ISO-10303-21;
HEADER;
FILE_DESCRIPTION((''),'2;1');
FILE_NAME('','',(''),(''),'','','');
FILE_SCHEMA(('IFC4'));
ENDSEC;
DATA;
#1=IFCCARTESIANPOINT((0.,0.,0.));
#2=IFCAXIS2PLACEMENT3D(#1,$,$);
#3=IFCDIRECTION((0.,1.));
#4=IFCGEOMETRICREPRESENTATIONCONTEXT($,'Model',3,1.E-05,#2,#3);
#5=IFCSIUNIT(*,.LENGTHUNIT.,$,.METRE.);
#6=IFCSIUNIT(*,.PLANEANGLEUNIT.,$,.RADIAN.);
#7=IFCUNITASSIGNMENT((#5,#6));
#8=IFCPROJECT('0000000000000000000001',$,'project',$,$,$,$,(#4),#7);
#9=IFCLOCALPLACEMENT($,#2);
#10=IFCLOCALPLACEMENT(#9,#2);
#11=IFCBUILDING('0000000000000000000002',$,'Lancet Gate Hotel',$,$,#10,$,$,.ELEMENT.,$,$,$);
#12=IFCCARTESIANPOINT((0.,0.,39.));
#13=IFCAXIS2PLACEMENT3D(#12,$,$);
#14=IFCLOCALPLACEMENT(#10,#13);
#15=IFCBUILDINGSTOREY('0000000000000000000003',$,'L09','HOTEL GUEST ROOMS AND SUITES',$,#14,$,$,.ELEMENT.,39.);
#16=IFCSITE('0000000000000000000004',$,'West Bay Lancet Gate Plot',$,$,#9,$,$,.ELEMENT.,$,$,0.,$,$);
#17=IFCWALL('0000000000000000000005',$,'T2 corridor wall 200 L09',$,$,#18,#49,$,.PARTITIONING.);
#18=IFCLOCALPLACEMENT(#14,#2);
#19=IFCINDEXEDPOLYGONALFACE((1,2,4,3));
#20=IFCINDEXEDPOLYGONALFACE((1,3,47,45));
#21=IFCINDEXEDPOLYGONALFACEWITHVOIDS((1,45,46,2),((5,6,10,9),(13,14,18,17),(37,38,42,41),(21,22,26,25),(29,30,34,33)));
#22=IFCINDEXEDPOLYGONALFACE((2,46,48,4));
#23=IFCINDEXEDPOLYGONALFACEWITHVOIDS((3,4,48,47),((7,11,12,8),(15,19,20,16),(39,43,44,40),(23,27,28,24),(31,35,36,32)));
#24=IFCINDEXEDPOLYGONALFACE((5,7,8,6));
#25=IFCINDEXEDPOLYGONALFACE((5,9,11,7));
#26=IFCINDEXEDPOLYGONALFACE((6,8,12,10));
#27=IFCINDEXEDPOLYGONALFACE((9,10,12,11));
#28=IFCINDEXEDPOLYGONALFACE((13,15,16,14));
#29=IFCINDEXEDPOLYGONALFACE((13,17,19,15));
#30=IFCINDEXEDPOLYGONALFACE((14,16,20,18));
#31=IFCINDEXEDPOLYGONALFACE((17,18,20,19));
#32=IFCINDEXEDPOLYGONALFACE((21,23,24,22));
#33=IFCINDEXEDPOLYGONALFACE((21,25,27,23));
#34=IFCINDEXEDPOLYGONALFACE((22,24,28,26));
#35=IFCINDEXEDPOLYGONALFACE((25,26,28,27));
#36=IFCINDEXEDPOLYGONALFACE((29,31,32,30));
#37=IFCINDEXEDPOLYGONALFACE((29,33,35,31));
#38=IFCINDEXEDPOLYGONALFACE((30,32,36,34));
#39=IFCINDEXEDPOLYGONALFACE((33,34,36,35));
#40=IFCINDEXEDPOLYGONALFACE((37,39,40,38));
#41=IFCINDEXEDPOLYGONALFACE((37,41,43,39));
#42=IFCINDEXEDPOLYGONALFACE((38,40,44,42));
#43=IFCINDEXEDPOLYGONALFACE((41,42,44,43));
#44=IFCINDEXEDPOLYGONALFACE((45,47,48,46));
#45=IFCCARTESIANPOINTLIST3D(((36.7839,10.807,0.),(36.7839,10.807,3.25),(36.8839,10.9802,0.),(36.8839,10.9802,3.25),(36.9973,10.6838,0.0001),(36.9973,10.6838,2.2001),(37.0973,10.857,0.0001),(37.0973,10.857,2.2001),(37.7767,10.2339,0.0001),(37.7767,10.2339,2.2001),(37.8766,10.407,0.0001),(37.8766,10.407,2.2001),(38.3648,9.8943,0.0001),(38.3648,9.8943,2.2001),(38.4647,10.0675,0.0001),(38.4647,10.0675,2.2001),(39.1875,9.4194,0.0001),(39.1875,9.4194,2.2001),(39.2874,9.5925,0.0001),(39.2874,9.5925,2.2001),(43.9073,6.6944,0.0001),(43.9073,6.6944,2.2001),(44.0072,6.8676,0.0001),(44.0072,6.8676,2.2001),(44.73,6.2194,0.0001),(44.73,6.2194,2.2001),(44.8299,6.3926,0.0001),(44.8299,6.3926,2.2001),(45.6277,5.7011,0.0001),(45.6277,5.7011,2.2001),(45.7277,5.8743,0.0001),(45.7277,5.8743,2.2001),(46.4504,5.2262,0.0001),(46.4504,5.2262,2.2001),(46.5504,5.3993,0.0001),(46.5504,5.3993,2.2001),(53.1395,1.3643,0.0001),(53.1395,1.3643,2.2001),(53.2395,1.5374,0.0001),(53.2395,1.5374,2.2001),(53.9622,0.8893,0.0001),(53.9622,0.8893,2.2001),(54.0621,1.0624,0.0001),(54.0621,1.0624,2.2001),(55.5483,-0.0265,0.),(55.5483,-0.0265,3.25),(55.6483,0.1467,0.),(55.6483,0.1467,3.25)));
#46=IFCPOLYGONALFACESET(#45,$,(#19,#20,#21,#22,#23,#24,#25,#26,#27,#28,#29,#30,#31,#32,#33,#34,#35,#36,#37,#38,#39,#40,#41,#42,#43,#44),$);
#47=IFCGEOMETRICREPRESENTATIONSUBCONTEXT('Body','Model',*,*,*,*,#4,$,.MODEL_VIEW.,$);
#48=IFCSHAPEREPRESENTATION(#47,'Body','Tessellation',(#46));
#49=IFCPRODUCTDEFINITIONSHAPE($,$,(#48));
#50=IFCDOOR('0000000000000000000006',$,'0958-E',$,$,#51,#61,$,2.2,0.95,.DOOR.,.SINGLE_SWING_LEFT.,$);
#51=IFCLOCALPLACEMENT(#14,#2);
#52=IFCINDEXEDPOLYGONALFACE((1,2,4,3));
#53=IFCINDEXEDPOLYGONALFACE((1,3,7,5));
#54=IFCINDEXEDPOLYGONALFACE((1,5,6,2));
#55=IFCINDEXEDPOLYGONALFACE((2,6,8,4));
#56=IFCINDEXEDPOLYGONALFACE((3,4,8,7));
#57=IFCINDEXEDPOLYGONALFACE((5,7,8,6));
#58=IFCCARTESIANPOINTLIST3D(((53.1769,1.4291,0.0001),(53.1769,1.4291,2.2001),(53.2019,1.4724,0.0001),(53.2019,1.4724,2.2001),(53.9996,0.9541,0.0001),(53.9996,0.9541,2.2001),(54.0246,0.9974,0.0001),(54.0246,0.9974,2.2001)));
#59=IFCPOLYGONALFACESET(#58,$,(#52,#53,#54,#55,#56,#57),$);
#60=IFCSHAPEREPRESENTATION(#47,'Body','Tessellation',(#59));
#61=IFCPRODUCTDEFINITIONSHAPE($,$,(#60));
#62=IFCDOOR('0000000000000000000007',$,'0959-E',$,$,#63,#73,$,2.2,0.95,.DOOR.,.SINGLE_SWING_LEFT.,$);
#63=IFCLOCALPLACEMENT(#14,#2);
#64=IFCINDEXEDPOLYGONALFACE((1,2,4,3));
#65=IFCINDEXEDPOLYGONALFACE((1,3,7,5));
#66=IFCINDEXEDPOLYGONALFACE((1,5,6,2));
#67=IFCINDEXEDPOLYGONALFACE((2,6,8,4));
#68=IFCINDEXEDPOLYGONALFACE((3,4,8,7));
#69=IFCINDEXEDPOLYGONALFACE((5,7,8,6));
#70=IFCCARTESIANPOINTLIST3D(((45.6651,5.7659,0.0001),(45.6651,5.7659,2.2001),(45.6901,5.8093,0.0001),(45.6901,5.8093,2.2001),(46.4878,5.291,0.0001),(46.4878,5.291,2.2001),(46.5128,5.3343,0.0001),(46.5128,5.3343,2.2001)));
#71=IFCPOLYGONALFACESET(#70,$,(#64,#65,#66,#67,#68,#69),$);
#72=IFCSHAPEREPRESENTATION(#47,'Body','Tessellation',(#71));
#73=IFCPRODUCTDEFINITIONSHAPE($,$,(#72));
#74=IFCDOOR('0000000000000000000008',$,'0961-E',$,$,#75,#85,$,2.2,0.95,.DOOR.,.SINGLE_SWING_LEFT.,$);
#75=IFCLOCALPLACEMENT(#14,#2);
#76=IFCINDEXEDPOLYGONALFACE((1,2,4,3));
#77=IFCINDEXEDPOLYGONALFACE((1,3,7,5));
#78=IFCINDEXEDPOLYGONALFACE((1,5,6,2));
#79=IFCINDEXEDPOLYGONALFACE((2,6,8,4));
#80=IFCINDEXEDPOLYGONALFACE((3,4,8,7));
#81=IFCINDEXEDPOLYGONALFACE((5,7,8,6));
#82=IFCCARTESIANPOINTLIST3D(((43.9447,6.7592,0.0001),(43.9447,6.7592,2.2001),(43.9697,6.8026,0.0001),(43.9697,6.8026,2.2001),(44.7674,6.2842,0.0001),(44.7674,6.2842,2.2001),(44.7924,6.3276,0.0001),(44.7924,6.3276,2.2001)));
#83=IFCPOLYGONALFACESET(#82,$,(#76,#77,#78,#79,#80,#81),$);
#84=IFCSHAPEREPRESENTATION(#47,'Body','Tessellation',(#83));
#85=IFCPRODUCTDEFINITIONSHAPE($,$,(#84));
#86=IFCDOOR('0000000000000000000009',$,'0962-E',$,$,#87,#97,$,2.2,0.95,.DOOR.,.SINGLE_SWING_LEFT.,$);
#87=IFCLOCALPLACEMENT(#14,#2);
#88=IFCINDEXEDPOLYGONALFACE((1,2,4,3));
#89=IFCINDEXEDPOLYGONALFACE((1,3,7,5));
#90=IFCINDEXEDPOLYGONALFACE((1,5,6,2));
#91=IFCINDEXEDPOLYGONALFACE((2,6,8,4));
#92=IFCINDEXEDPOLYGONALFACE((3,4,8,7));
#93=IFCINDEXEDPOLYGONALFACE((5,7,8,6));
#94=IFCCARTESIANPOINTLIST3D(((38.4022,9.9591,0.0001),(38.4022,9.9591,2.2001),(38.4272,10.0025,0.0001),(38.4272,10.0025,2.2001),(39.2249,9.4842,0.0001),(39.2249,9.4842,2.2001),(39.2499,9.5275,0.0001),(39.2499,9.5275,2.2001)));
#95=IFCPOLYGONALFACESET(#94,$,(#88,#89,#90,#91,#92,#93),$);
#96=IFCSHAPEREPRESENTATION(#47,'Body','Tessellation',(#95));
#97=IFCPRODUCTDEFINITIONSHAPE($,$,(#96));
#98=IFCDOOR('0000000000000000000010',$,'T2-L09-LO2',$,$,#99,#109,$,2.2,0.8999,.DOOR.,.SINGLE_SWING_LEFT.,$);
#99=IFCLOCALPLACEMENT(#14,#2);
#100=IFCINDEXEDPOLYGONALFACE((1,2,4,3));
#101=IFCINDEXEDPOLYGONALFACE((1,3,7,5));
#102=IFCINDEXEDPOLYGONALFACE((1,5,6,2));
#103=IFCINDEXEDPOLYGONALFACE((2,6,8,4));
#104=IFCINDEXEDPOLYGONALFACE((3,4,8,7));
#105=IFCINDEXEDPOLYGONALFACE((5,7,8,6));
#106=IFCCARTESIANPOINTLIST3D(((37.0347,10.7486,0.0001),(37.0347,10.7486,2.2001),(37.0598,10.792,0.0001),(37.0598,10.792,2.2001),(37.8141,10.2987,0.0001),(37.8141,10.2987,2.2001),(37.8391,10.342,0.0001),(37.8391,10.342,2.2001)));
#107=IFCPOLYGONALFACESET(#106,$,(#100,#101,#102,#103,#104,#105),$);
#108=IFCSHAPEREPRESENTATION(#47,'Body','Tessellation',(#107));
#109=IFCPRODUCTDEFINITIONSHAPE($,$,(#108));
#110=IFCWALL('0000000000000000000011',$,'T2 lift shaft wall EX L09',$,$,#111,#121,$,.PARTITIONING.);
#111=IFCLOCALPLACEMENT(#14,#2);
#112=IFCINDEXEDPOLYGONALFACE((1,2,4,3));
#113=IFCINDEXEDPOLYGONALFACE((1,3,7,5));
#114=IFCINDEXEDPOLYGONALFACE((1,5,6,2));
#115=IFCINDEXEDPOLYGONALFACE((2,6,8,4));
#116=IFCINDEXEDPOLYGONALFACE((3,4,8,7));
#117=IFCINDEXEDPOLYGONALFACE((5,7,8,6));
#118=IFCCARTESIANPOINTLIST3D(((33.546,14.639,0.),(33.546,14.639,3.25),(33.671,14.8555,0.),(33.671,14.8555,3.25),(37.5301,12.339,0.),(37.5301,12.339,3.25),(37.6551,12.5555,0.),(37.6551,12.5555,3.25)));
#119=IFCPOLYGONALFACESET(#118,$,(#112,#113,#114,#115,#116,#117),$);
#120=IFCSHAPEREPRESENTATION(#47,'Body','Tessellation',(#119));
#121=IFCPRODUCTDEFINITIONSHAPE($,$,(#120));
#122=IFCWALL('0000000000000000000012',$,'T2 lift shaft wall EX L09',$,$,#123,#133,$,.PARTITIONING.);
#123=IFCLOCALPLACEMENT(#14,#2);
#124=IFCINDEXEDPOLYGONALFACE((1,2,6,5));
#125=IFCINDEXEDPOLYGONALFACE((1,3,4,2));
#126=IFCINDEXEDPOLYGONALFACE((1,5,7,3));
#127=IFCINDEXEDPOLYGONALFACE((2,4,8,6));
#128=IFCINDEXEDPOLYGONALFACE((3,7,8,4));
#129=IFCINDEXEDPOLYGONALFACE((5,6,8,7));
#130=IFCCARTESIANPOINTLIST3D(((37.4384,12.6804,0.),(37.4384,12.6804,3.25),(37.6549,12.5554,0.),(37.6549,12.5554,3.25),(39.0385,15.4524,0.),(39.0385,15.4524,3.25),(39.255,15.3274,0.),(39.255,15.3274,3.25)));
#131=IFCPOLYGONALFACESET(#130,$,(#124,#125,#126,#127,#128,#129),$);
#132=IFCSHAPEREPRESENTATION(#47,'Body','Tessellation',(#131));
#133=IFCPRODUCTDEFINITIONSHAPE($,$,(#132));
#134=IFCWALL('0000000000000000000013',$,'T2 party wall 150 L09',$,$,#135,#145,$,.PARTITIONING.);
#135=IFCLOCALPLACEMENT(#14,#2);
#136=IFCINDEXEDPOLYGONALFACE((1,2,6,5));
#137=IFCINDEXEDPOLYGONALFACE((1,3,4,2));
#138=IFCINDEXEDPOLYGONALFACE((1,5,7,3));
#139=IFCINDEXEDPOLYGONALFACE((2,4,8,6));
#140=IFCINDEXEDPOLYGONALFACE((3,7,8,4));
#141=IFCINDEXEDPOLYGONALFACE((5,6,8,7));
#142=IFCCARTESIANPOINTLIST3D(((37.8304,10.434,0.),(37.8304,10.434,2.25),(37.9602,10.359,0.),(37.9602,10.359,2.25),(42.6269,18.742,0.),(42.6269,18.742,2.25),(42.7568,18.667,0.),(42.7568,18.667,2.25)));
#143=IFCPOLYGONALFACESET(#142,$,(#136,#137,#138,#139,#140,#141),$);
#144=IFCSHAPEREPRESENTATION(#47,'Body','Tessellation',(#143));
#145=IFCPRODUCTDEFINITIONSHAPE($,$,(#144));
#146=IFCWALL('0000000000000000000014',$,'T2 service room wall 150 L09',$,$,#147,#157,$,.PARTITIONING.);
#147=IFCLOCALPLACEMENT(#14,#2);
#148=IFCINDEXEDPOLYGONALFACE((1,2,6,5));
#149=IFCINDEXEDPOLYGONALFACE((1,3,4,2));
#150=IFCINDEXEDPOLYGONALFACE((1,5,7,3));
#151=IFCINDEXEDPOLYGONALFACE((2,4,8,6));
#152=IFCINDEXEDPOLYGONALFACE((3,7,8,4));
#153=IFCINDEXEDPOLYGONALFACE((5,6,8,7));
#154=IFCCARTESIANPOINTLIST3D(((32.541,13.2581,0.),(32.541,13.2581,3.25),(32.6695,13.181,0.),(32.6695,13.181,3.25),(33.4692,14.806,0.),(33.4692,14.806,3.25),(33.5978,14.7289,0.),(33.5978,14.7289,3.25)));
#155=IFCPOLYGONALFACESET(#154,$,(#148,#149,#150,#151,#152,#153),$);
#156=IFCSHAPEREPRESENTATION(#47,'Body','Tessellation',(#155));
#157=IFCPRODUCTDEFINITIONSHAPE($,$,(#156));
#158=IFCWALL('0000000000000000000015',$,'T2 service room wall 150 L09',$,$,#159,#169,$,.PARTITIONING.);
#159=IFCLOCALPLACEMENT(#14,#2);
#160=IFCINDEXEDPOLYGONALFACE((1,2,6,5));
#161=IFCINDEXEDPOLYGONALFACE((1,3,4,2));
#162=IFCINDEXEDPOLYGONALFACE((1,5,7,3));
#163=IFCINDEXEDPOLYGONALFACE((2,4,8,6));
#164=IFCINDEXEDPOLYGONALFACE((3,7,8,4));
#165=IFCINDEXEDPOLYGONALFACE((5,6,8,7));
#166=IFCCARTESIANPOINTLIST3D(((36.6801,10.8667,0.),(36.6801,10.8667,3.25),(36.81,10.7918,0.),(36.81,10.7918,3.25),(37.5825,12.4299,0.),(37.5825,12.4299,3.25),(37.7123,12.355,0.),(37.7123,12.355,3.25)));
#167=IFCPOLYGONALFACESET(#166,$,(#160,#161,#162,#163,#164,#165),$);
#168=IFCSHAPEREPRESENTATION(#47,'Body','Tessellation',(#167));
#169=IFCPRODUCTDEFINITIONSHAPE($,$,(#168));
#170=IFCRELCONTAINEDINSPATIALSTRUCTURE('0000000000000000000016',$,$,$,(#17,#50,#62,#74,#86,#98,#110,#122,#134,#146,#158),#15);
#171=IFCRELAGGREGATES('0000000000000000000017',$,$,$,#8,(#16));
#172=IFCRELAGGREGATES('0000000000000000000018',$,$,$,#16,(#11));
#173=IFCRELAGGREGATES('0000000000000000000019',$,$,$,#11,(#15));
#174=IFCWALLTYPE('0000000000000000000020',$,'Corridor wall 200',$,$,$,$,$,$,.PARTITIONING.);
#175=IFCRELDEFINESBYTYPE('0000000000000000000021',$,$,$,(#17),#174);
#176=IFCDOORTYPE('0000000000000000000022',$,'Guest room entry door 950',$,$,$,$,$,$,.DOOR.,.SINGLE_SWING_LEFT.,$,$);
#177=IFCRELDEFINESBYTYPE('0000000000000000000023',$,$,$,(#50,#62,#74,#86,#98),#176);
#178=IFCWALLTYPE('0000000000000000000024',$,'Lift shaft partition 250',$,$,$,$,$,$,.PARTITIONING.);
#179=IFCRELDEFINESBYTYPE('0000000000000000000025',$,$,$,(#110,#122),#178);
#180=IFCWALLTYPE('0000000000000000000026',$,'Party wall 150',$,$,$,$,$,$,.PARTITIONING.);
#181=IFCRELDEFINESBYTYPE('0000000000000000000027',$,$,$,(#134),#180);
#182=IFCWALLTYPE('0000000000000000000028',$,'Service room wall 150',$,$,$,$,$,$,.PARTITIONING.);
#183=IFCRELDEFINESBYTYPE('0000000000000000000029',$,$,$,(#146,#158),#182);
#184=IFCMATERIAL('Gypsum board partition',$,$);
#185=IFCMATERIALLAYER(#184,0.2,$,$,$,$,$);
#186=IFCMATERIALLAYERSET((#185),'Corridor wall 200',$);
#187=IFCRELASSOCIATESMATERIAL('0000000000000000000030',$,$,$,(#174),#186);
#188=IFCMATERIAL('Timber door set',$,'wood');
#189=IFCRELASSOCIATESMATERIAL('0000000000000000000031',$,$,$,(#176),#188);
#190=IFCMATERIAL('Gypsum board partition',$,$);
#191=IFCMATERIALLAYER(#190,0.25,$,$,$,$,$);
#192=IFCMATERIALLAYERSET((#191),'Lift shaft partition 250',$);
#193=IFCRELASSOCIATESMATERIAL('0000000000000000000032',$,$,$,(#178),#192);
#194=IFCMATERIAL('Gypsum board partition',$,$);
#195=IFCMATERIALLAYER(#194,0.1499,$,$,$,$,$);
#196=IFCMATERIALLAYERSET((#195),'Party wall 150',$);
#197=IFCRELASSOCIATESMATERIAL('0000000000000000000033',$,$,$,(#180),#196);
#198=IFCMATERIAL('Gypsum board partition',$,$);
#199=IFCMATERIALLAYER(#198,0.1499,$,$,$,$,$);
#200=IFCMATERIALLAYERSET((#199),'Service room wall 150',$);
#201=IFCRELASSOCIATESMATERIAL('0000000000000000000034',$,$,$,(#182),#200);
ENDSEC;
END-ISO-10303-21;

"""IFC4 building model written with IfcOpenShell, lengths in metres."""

from ifc_helpers import new_model, si_unit, direction, frame, frame_2d, origin, place, context, subcontext, project, spatial, rectangle, extrude, material, layer, layer_set, type_object, element, fill, save


model = new_model("IFC4")

# Units and contexts
model_context = context("Model", 3, precision=1e-05, world=origin(), true_north=direction((0.0, 1.0)))
body_context = subcontext(model_context, "Body", "Model", "MODEL_VIEW")
ifc_project = project(units=[si_unit("LENGTHUNIT", "METRE"), si_unit("PLANEANGLEUNIT", "RADIAN")], contexts=[model_context])

# Site, building, storey
site_placement = place(None, origin())
site = spatial("IfcSite", under=ifc_project, at=site_placement, Name="West Bay Lancet Gate Plot", CompositionType="ELEMENT", RefElevation=0.0)
building_placement = place(site_placement, origin())
building = spatial("IfcBuilding", under=site, at=building_placement, Name="Lancet Gate Hotel", CompositionType="ELEMENT")
storey_placement = place(building_placement, frame((0.0, 0.0, 39.0)))
storey = spatial("IfcBuildingStorey", under=building, at=storey_placement, Name="L09", Description="HOTEL GUEST ROOMS AND SUITES", CompositionType="ELEMENT", Elevation=39.0)

# Wall, openings, doors
ifc_material_1 = material(Name="Gypsum board partition")
ifc_layer_1 = layer(ifc_material_1, 0.2)
ifc_layer_set_1 = layer_set([ifc_layer_1], Name="Corridor wall 200")
wall_type_1 = type_object("IfcWallType", Name="Corridor wall 200", PredefinedType="PARTITIONING", material=ifc_layer_set_1)
wall_1_placement = place(storey_placement, frame((36.834, 10.8936, 0.0), z_axis=(0.0, 0.0, 1.0), x_axis=(0.866028, -0.499995, 0.0)))
wall_1 = element("IfcWall", 1, at=wall_1_placement, inside=storey, type_object=wall_type_1, Name="T2 corridor wall 200 L09", PredefinedType="PARTITIONING", context=body_context, shape_type="SweptSolid", body=[
    extrude(rectangle(XDim=21.6672, YDim=0.2, at=frame_2d((10.8335, 0.0))), origin(), (0.0, 0.0, 1.0), 3.25),
])
opening_1_placement = place(wall_1_placement, frame((18.8855, 0.0, 0.0)))
opening_1 = element("IfcOpeningElement", 2, at=opening_1_placement, cuts=wall_1, PredefinedType="OPENING", context=body_context, shape_type="SweptSolid", body=[
    extrude(rectangle(XDim=0.95, YDim=2.2, at=frame_2d((0.4751, 1.1001))), frame((0.0, 0.1099, 0.0), z_axis=(0.0, -1.0, 0.0), x_axis=(1.0, 0.0, 0.0)), (0.0, 0.0, 1.0), 0.22),
])
opening_2_placement = place(wall_1_placement, frame((10.2117, 0.0, 0.0)))
opening_2 = element("IfcOpeningElement", 3, at=opening_2_placement, cuts=wall_1, PredefinedType="OPENING", context=body_context, shape_type="SweptSolid", body=[
    extrude(rectangle(XDim=0.95, YDim=2.2, at=frame_2d((0.4751, 1.1001))), frame((0.0, 0.1099, 0.0), z_axis=(0.0, -1.0, 0.0), x_axis=(1.0, 0.0, 0.0)), (0.0, 0.0, 1.0), 0.22),
])
opening_3_placement = place(wall_1_placement, frame((8.2251, 0.0, 0.0)))
opening_3 = element("IfcOpeningElement", 4, at=opening_3_placement, cuts=wall_1, PredefinedType="OPENING", context=body_context, shape_type="SweptSolid", body=[
    extrude(rectangle(XDim=0.95, YDim=2.2, at=frame_2d((0.4751, 1.1001))), frame((0.0, 0.1099, 0.0), z_axis=(0.0, -1.0, 0.0), x_axis=(1.0, 0.0, 0.0)), (0.0, 0.0, 1.0), 0.22),
])
opening_4_placement = place(wall_1_placement, frame((1.8252, 0.0, 0.0)))
opening_4 = element("IfcOpeningElement", 5, at=opening_4_placement, cuts=wall_1, PredefinedType="OPENING", context=body_context, shape_type="SweptSolid", body=[
    extrude(rectangle(XDim=0.95, YDim=2.2, at=frame_2d((0.4751, 1.1001))), frame((0.0, 0.1099, 0.0), z_axis=(0.0, -1.0, 0.0), x_axis=(1.0, 0.0, 0.0)), (0.0, 0.0, 1.0), 0.22),
])
opening_5_placement = place(wall_1_placement, frame((0.2463, 0.0, 0.0)))
opening_5 = element("IfcOpeningElement", 6, at=opening_5_placement, cuts=wall_1, PredefinedType="OPENING", context=body_context, shape_type="SweptSolid", body=[
    extrude(rectangle(XDim=0.8999, YDim=2.2, at=frame_2d((0.45, 1.1001))), frame((0.0, 0.1099, 0.0), z_axis=(0.0, -1.0, 0.0), x_axis=(1.0, 0.0, 0.0)), (0.0, 0.0, 1.0), 0.22),
])
ifc_material_2 = material(Name="Timber door set", Category="wood")
door_type_1 = type_object("IfcDoorType", Name="Guest room entry door 950", OperationType="SINGLE_SWING_LEFT", PredefinedType="DOOR", material=ifc_material_2)
door_1_placement = place(opening_1_placement, origin())
door_1 = element("IfcDoor", 7, at=door_1_placement, inside=storey, type_object=door_type_1, Name="0958-E", OperationType="SINGLE_SWING_LEFT", OverallHeight=2.2, OverallWidth=0.95, PredefinedType="DOOR", context=body_context, shape_type="SweptSolid", body=[
    extrude(rectangle(XDim=0.95, YDim=2.2, at=frame_2d((0.4751, 1.1001))), frame((0.0, 0.0249, 0.0), z_axis=(0.0, -1.0, 0.0), x_axis=(1.0, 0.0, 0.0)), (0.0, 0.0, 1.0), 0.05),
])
fill(opening_1, door_1)
door_2_placement = place(opening_2_placement, origin())
door_2 = element("IfcDoor", 8, at=door_2_placement, inside=storey, type_object=door_type_1, Name="0959-E", OperationType="SINGLE_SWING_LEFT", OverallHeight=2.2, OverallWidth=0.95, PredefinedType="DOOR", context=body_context, shape_type="SweptSolid", body=[
    extrude(rectangle(XDim=0.95, YDim=2.2, at=frame_2d((0.4751, 1.1001))), frame((0.0, 0.0249, 0.0), z_axis=(0.0, -1.0, 0.0), x_axis=(1.0, 0.0, 0.0)), (0.0, 0.0, 1.0), 0.05),
])
fill(opening_2, door_2)
door_3_placement = place(opening_3_placement, origin())
door_3 = element("IfcDoor", 9, at=door_3_placement, inside=storey, type_object=door_type_1, Name="0961-E", OperationType="SINGLE_SWING_LEFT", OverallHeight=2.2, OverallWidth=0.95, PredefinedType="DOOR", context=body_context, shape_type="SweptSolid", body=[
    extrude(rectangle(XDim=0.95, YDim=2.2, at=frame_2d((0.4751, 1.1001))), frame((0.0, 0.0249, 0.0), z_axis=(0.0, -1.0, 0.0), x_axis=(1.0, 0.0, 0.0)), (0.0, 0.0, 1.0), 0.05),
])
fill(opening_3, door_3)
door_4_placement = place(opening_4_placement, origin())
door_4 = element("IfcDoor", 10, at=door_4_placement, inside=storey, type_object=door_type_1, Name="0962-E", OperationType="SINGLE_SWING_LEFT", OverallHeight=2.2, OverallWidth=0.95, PredefinedType="DOOR", context=body_context, shape_type="SweptSolid", body=[
    extrude(rectangle(XDim=0.95, YDim=2.2, at=frame_2d((0.4751, 1.1001))), frame((0.0, 0.0249, 0.0), z_axis=(0.0, -1.0, 0.0), x_axis=(1.0, 0.0, 0.0)), (0.0, 0.0, 1.0), 0.05),
])
fill(opening_4, door_4)
door_5_placement = place(opening_5_placement, origin())
door_5 = element("IfcDoor", 11, at=door_5_placement, inside=storey, type_object=door_type_1, Name="T2-L09-LO2", OperationType="SINGLE_SWING_LEFT", OverallHeight=2.2, OverallWidth=0.8999, PredefinedType="DOOR", context=body_context, shape_type="SweptSolid", body=[
    extrude(rectangle(XDim=0.8999, YDim=2.2, at=frame_2d((0.45, 1.1001))), frame((0.0, 0.0249, 0.0), z_axis=(0.0, -1.0, 0.0), x_axis=(1.0, 0.0, 0.0)), (0.0, 0.0, 1.0), 0.05),
])
fill(opening_5, door_5)

# Walls
ifc_material_3 = material(Name="Gypsum board partition")
ifc_layer_2 = layer(ifc_material_3, 0.25)
ifc_layer_set_2 = layer_set([ifc_layer_2], Name="Lift shaft partition 250")
wall_type_2 = type_object("IfcWallType", Name="Lift shaft partition 250", PredefinedType="PARTITIONING", material=ifc_layer_set_2)
wall_2_placement = place(storey_placement, frame((33.6084, 14.7473, 0.0), z_axis=(0.0, 0.0, 1.0), x_axis=(0.866043, -0.499969, 0.0)))
element("IfcWall", 12, at=wall_2_placement, inside=storey, type_object=wall_type_2, Name="T2 lift shaft wall EX L09", PredefinedType="PARTITIONING", context=body_context, shape_type="SweptSolid", body=[
    extrude(rectangle(XDim=4.6003, YDim=0.25, at=frame_2d((2.3003, 0.0))), origin(), (0.0, 0.0, 1.0), 3.25),
])
wall_3_placement = place(storey_placement, frame((37.5466, 12.6179, 0.0), z_axis=(0.0, 0.0, 1.0), x_axis=(0.499929, 0.866066, 0.0)))
element("IfcWall", 13, at=wall_3_placement, inside=storey, type_object=wall_type_2, Name="T2 lift shaft wall EX L09", PredefinedType="PARTITIONING", context=body_context, shape_type="SweptSolid", body=[
    extrude(rectangle(XDim=3.2007, YDim=0.25, at=frame_2d((1.6003, 0.0))), origin(), (0.0, 0.0, 1.0), 3.25),
])
ifc_material_4 = material(Name="Gypsum board partition")
ifc_layer_3 = layer(ifc_material_4, 0.1499)
ifc_layer_set_3 = layer_set([ifc_layer_3], Name="Party wall 150")
wall_type_3 = type_object("IfcWallType", Name="Party wall 150", PredefinedType="PARTITIONING", material=ifc_layer_set_3)
wall_4_placement = place(storey_placement, frame((37.8953, 10.3965, 0.0), z_axis=(0.0, 0.0, 1.0), x_axis=(0.499996, 0.866028, 0.0)))
element("IfcWall", 14, at=wall_4_placement, inside=storey, type_object=wall_type_3, Name="T2 party wall 150 L09", PredefinedType="PARTITIONING", context=body_context, shape_type="SweptSolid", body=[
    extrude(rectangle(XDim=9.5933, YDim=0.1499, at=frame_2d((4.7966, 0.0))), origin(), (0.0, 0.0, 1.0), 2.25),
])
ifc_material_5 = material(Name="Gypsum board partition")
ifc_layer_4 = layer(ifc_material_5, 0.1499)
ifc_layer_set_4 = layer_set([ifc_layer_4], Name="Service room wall 150")
wall_type_4 = type_object("IfcWallType", Name="Service room wall 150", PredefinedType="PARTITIONING", material=ifc_layer_set_4)
for number, where, z_axis, x_axis, name in (
    (15, (33.5334, 14.7673, 0.0), (0.0, 0.0, 1.0), (-0.514297, -0.857612, 0.0), "T2 service room wall 150 L09"),
    (16, (36.7451, 10.8293, 0.0), (0.0, 0.0, 1.0), (0.499922, 0.866071, 0.0), "T2 service room wall 150 L09"),
):
    element("IfcWall", number, at=place(storey_placement, frame(where, z_axis=z_axis, x_axis=x_axis)), inside=storey, type_object=wall_type_4, Name=name, PredefinedType="PARTITIONING", context=body_context, shape_type="SweptSolid", body=[
        extrude(rectangle(XDim=1.8049, YDim=0.1499, at=frame_2d((0.9023, 0.0))), origin(), (0.0, 0.0, 1.0), 3.25),
    ])

save(model, "model.ifc")
